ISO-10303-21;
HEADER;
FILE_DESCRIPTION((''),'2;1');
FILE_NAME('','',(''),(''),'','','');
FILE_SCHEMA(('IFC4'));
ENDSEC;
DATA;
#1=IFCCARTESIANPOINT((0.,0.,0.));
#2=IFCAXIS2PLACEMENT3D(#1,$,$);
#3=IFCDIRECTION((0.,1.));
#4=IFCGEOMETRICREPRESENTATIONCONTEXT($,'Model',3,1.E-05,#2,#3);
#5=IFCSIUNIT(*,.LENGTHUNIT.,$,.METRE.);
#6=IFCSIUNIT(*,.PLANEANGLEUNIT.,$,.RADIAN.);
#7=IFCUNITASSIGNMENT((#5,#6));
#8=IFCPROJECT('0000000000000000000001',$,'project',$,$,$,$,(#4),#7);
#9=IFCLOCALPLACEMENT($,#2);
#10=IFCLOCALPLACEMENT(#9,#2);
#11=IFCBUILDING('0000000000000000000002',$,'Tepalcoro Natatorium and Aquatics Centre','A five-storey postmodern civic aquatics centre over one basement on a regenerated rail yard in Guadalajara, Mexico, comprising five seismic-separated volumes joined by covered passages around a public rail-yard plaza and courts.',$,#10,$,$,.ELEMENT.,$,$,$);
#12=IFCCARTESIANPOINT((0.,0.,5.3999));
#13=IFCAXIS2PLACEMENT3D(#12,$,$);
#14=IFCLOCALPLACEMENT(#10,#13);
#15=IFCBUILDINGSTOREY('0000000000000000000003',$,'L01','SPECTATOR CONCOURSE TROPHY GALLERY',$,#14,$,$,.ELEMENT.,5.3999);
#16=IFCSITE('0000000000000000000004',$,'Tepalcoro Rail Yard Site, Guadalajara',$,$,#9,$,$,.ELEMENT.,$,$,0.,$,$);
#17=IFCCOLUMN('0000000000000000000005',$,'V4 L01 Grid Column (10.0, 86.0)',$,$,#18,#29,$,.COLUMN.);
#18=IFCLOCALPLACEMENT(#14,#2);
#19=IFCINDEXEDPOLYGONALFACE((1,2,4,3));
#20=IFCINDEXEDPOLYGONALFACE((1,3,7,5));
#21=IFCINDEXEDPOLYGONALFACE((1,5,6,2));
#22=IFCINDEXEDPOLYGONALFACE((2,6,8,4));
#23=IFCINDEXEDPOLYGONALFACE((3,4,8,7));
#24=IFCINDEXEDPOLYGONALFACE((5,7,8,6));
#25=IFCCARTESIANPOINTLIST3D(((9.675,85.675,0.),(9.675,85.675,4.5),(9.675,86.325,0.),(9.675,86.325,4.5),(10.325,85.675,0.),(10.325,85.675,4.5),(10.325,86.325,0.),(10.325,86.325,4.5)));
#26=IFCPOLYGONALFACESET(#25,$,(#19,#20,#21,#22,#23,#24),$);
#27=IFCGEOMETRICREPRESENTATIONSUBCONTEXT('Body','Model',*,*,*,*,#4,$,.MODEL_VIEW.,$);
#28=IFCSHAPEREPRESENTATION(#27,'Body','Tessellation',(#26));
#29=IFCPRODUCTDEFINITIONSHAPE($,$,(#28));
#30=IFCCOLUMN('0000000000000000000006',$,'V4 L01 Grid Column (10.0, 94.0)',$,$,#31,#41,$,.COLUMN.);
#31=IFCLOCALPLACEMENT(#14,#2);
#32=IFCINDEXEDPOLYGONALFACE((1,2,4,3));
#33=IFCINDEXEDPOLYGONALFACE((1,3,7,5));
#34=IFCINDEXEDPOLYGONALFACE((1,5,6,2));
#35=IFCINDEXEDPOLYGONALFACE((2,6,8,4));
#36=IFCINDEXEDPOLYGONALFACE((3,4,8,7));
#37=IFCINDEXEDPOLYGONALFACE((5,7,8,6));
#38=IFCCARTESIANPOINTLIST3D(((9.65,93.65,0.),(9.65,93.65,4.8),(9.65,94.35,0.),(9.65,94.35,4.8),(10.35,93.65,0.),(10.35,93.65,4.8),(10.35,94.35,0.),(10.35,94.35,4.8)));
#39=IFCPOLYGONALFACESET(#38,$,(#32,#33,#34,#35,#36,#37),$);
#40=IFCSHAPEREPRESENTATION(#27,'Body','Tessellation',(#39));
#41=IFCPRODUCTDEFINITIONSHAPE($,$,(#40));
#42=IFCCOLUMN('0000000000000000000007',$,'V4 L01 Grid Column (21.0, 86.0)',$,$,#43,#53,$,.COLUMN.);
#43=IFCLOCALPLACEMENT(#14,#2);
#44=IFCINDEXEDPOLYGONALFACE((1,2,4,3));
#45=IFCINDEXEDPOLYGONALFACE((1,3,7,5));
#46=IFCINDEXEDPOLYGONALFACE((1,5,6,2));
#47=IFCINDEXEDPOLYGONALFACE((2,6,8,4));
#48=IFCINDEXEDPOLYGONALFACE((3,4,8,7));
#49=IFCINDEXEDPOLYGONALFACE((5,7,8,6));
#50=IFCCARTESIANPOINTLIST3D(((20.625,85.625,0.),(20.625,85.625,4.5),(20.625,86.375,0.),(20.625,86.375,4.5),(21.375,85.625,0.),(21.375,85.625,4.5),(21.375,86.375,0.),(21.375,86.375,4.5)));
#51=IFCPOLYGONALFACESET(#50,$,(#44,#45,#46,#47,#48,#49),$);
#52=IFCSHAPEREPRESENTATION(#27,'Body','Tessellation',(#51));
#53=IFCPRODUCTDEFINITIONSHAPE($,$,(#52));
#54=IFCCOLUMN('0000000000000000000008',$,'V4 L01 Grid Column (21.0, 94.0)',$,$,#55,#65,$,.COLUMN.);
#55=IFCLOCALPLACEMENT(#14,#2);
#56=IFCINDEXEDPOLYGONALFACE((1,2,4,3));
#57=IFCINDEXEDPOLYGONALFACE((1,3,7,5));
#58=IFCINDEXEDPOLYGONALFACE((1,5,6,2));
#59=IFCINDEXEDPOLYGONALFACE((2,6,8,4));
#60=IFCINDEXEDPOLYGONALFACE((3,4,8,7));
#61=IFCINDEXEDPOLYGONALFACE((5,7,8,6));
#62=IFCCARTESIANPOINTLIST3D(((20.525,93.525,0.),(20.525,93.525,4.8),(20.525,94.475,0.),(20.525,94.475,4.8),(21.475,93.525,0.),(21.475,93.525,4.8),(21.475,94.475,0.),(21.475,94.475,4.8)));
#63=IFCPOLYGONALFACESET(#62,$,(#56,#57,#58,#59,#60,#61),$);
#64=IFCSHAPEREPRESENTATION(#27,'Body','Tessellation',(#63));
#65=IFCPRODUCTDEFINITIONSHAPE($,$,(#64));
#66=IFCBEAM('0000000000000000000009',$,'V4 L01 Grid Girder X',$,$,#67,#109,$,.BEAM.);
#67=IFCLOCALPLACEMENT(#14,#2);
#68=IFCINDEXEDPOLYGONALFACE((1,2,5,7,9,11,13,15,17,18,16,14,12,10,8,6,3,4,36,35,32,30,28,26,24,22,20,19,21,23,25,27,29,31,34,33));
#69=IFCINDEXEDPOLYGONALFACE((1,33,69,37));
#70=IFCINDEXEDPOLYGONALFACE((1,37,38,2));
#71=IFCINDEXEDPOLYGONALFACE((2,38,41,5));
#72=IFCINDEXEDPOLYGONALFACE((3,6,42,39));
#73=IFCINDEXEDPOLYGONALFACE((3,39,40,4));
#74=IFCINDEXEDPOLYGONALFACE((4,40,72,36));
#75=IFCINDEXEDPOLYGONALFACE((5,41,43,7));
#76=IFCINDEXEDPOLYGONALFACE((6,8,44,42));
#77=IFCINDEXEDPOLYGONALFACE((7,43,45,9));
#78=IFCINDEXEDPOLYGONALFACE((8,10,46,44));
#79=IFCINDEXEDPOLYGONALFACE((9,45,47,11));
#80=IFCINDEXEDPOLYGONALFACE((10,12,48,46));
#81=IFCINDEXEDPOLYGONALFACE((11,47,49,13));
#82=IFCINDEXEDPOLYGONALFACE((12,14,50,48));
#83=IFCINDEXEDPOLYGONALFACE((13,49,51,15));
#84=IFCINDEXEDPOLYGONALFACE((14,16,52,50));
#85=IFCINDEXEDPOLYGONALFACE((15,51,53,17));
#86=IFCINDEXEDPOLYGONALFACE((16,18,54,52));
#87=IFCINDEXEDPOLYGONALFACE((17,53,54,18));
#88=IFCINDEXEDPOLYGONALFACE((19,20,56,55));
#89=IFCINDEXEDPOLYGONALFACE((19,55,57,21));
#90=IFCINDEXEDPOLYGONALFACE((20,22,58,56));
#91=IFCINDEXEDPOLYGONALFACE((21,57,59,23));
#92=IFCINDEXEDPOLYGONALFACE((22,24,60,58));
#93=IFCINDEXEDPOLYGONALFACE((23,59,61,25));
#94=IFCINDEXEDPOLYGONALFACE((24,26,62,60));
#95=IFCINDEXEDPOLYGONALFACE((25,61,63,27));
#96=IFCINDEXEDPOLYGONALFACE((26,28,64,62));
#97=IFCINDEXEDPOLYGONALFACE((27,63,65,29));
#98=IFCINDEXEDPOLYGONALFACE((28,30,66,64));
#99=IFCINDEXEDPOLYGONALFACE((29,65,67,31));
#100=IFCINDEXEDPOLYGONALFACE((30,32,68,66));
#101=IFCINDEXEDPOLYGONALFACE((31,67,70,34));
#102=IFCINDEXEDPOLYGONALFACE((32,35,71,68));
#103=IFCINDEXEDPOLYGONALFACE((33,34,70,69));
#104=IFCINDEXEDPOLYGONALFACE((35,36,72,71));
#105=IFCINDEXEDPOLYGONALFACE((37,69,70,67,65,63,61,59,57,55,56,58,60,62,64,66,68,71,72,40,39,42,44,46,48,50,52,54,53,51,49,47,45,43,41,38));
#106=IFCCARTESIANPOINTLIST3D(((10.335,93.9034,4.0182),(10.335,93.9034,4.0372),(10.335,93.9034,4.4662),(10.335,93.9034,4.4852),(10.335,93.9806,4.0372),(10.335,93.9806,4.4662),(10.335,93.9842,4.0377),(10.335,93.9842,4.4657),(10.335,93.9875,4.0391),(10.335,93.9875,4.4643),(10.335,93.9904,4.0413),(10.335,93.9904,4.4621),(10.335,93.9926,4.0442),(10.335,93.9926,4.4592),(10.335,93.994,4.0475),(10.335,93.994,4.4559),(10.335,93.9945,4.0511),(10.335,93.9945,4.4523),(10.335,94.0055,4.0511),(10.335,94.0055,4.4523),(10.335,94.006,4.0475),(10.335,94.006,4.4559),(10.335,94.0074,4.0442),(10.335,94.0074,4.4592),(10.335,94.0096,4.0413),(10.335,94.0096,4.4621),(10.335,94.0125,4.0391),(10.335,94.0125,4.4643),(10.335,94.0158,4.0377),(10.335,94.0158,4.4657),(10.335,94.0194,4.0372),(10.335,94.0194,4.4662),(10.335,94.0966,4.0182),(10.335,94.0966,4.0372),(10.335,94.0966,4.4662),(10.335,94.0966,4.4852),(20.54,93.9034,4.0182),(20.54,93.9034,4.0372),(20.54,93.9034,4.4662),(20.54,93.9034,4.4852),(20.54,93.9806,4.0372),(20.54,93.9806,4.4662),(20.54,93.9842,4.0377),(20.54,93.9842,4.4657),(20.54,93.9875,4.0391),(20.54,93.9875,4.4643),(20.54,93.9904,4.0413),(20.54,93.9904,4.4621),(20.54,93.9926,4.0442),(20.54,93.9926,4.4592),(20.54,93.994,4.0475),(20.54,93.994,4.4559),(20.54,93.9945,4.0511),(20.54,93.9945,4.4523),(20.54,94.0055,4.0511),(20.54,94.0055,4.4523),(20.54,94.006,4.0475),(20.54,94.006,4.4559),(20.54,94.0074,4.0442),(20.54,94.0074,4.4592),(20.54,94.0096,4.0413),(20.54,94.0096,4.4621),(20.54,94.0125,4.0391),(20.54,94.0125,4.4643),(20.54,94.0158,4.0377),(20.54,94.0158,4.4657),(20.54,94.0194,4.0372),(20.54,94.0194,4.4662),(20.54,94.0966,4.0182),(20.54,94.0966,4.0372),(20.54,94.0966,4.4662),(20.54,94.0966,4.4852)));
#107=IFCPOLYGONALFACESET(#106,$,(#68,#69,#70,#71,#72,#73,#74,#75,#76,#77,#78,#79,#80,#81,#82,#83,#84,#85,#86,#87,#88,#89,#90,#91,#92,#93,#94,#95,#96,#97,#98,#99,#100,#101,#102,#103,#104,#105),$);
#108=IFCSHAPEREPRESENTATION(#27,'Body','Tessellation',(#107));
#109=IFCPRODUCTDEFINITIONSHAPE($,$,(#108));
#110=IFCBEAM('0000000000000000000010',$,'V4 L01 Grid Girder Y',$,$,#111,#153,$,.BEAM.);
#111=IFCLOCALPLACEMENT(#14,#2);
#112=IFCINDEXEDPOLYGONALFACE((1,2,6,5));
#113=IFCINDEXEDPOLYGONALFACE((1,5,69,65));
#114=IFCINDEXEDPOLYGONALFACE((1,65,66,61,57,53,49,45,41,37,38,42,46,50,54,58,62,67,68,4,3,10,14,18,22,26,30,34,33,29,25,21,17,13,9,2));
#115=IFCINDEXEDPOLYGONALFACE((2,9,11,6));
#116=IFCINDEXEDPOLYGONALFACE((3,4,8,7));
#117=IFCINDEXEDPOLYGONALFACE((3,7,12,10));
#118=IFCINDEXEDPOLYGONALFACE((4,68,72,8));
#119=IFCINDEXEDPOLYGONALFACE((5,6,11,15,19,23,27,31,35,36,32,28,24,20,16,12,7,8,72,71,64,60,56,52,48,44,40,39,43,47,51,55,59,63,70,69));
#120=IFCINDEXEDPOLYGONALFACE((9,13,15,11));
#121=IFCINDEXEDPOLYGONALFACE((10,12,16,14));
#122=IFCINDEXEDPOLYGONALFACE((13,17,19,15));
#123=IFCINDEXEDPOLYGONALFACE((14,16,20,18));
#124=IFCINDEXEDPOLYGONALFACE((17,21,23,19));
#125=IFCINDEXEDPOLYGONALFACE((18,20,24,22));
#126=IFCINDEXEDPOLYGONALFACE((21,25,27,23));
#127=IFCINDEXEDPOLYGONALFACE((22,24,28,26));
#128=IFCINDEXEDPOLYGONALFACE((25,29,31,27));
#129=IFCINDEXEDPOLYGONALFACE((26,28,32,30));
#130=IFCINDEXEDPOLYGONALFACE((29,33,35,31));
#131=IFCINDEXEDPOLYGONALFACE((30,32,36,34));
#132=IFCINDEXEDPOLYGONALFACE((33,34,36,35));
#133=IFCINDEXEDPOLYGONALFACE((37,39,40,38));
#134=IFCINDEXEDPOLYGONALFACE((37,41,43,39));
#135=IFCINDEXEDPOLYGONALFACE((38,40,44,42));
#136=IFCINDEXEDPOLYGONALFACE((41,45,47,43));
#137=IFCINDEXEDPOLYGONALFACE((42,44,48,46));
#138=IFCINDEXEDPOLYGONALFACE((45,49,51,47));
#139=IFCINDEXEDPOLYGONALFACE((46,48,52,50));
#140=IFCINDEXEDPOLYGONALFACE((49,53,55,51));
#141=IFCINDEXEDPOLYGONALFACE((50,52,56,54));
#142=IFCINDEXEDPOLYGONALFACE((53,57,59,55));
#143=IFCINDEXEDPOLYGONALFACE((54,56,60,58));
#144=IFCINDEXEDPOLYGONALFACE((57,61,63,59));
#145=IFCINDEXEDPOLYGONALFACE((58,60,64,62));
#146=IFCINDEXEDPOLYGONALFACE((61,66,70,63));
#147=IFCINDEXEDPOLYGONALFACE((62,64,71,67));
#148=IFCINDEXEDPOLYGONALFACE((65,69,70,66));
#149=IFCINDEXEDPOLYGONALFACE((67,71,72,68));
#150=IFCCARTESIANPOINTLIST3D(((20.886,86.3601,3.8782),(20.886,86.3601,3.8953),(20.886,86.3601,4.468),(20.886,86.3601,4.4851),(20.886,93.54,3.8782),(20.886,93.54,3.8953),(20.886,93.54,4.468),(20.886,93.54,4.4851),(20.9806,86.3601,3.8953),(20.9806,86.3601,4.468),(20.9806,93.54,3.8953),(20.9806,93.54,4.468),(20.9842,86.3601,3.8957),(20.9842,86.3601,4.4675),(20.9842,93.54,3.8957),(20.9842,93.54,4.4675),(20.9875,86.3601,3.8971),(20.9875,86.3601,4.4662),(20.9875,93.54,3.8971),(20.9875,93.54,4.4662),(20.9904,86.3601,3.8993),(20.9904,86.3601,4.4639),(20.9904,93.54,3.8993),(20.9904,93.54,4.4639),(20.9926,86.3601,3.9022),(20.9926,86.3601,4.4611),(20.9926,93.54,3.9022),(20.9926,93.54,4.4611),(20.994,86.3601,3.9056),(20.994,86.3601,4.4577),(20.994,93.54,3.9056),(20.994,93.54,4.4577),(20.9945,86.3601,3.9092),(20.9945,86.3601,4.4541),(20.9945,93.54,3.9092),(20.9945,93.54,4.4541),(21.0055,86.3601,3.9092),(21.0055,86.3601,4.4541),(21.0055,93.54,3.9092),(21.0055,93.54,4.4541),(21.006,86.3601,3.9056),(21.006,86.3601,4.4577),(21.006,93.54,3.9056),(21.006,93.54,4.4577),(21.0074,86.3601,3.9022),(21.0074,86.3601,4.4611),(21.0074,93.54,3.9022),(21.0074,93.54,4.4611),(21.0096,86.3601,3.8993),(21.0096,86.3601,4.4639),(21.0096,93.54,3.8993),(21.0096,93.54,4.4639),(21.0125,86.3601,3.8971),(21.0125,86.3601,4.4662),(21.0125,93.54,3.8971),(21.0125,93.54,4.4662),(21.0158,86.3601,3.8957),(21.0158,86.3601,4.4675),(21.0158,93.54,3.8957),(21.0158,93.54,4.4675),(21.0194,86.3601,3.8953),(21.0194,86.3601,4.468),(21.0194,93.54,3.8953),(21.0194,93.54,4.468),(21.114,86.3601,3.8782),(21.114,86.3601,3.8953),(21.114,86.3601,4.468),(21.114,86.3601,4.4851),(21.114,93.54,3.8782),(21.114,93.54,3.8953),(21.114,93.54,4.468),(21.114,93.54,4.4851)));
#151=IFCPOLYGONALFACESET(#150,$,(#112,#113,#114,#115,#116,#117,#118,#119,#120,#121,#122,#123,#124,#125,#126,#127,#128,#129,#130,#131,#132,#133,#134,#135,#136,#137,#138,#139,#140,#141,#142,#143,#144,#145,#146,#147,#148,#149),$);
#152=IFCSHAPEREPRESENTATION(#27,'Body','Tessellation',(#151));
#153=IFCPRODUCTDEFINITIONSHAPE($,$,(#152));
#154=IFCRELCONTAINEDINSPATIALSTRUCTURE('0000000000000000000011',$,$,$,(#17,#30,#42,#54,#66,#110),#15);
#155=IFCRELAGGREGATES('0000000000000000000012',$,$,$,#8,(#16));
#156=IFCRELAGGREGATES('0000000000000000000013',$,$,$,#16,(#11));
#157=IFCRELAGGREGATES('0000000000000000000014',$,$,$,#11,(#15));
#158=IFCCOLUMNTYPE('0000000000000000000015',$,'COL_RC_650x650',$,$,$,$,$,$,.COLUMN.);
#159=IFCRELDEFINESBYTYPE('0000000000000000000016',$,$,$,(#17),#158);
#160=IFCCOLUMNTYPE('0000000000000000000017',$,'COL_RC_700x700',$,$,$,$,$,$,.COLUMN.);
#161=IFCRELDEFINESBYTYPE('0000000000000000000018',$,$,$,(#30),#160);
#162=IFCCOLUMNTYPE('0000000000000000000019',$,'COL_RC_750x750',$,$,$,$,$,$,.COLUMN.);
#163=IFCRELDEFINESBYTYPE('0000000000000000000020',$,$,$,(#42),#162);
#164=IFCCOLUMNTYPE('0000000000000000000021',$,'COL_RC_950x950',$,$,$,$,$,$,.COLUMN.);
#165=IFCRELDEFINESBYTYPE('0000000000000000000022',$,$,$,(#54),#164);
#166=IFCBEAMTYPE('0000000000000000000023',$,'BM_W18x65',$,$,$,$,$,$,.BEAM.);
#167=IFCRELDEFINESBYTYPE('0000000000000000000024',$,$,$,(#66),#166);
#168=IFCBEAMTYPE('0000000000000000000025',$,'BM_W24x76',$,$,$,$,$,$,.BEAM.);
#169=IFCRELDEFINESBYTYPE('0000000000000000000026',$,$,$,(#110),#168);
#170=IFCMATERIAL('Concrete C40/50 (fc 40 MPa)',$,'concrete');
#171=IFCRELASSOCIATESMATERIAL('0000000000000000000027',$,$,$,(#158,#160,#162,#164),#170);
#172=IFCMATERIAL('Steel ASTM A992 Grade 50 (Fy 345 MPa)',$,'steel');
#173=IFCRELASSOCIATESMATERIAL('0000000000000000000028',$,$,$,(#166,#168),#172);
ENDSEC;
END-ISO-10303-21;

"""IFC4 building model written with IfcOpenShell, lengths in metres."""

from ifc_helpers import new_model, si_unit, direction, frame, origin, origin_2d, place, context, subcontext, project, spatial, rectangle, i_section, extrude, material, material_profile, profile_set, type_object, element, save


model = new_model("IFC4")

# Units and contexts
model_context = context("Model", 3, precision=1e-05, world=origin(), true_north=direction((0.0, 1.0)))
body_context = subcontext(model_context, "Body", "Model", "MODEL_VIEW")
ifc_project = project(units=[si_unit("LENGTHUNIT", "METRE"), si_unit("PLANEANGLEUNIT", "RADIAN")], contexts=[model_context])

# Site, building, storey
site_placement = place(None, origin())
site = spatial("IfcSite", under=ifc_project, at=site_placement, Name="Tepalcoro Rail Yard Site, Guadalajara", CompositionType="ELEMENT", RefElevation=0.0)
building_placement = place(site_placement, origin())
building = spatial("IfcBuilding", under=site, at=building_placement, Name="Tepalcoro Natatorium and Aquatics Centre", Description="A five-storey postmodern civic aquatics centre over one basement on a regenerated rail yard in Guadalajara, Mexico, comprising five seismic-separated volumes joined by covered passages around a public rail-yard plaza and courts.", CompositionType="ELEMENT")
storey_placement = place(building_placement, frame((0.0, 0.0, 5.3999)))
storey = spatial("IfcBuildingStorey", under=building, at=storey_placement, Name="L01", Description="SPECTATOR CONCOURSE TROPHY GALLERY", CompositionType="ELEMENT", Elevation=5.3999)

# Columns
ifc_material_1 = material(Name="Concrete C40/50 (fc 40 MPa)", Category="concrete")
ifc_material_profile_1 = material_profile(ifc_material_1, rectangle(XDim=0.6499, YDim=0.6499, at=origin_2d()), Name="RC650x650")
ifc_profile_set_1 = profile_set([ifc_material_profile_1], Name="Concrete C40/50 (fc 40 MPa)")
column_type_1 = type_object("IfcColumnType", Name="COL_RC_650x650", PredefinedType="COLUMN", material=ifc_profile_set_1)
column_1_placement = place(storey_placement, frame((10.0, 86.0, 0.0), z_axis=(0.0, 0.0, 1.0), x_axis=(1.0, 0.0, 0.0)))
element("IfcColumn", 1, at=column_1_placement, inside=storey, type_object=column_type_1, Name="V4 L01 Grid Column (10.0, 86.0)", PredefinedType="COLUMN", context=body_context, shape_type="SweptSolid", body=[
    extrude(rectangle(XDim=0.6499, YDim=0.6499, at=origin_2d()), origin(), (0.0, 0.0, 1.0), 4.5),
])
ifc_material_profile_2 = material_profile(ifc_material_1, rectangle(XDim=0.7, YDim=0.7, at=origin_2d()), Name="RC700x700")
ifc_profile_set_2 = profile_set([ifc_material_profile_2], Name="Concrete C40/50 (fc 40 MPa)")
column_type_2 = type_object("IfcColumnType", Name="COL_RC_700x700", PredefinedType="COLUMN", material=ifc_profile_set_2)
column_2_placement = place(storey_placement, frame((10.0, 94.0, 0.0), z_axis=(0.0, 0.0, 1.0), x_axis=(1.0, 0.0, 0.0)))
element("IfcColumn", 2, at=column_2_placement, inside=storey, type_object=column_type_2, Name="V4 L01 Grid Column (10.0, 94.0)", PredefinedType="COLUMN", context=body_context, shape_type="SweptSolid", body=[
    extrude(rectangle(XDim=0.7, YDim=0.7, at=origin_2d()), origin(), (0.0, 0.0, 1.0), 4.8),
])
ifc_material_profile_3 = material_profile(ifc_material_1, rectangle(XDim=0.75, YDim=0.75, at=origin_2d()), Name="RC750x750")
ifc_profile_set_3 = profile_set([ifc_material_profile_3], Name="Concrete C40/50 (fc 40 MPa)")
column_type_3 = type_object("IfcColumnType", Name="COL_RC_750x750", PredefinedType="COLUMN", material=ifc_profile_set_3)
column_3_placement = place(storey_placement, frame((21.0, 86.0, 0.0), z_axis=(0.0, 0.0, 1.0), x_axis=(1.0, 0.0, 0.0)))
element("IfcColumn", 3, at=column_3_placement, inside=storey, type_object=column_type_3, Name="V4 L01 Grid Column (21.0, 86.0)", PredefinedType="COLUMN", context=body_context, shape_type="SweptSolid", body=[
    extrude(rectangle(XDim=0.75, YDim=0.75, at=origin_2d()), origin(), (0.0, 0.0, 1.0), 4.5),
])
ifc_material_profile_4 = material_profile(ifc_material_1, rectangle(XDim=0.95, YDim=0.95, at=origin_2d()), Name="RC950x950")
ifc_profile_set_4 = profile_set([ifc_material_profile_4], Name="Concrete C40/50 (fc 40 MPa)")
column_type_4 = type_object("IfcColumnType", Name="COL_RC_950x950", PredefinedType="COLUMN", material=ifc_profile_set_4)
column_4_placement = place(storey_placement, frame((21.0, 94.0, 0.0), z_axis=(0.0, 0.0, 1.0), x_axis=(1.0, 0.0, 0.0)))
element("IfcColumn", 4, at=column_4_placement, inside=storey, type_object=column_type_4, Name="V4 L01 Grid Column (21.0, 94.0)", PredefinedType="COLUMN", context=body_context, shape_type="SweptSolid", body=[
    extrude(rectangle(XDim=0.95, YDim=0.95, at=origin_2d()), origin(), (0.0, 0.0, 1.0), 4.8),
])

# Beams
ifc_material_2 = material(Name="Steel ASTM A992 Grade 50 (Fy 345 MPa)", Category="steel")
ifc_material_profile_5 = material_profile(ifc_material_2, i_section(OverallWidth=0.1931, OverallDepth=0.467, WebThickness=0.011, FlangeThickness=0.019, FilletRadius=0.0139, at=origin_2d()), Name="W18X65")
ifc_profile_set_5 = profile_set([ifc_material_profile_5], Name="Steel ASTM A992 Grade 50 (Fy 345 MPa)")
beam_type_1 = type_object("IfcBeamType", Name="BM_W18x65", PredefinedType="BEAM", material=ifc_profile_set_5)
beam_1_placement = place(storey_placement, frame((10.335, 94.0, 4.2517), z_axis=(1.0, 0.0, 0.0), x_axis=(0.0, 1.0, 0.0)))
element("IfcBeam", 5, at=beam_1_placement, inside=storey, type_object=beam_type_1, Name="V4 L01 Grid Girder X", PredefinedType="BEAM", context=body_context, shape_type="SweptSolid", body=[
    extrude(i_section(OverallWidth=0.1931, OverallDepth=0.467, WebThickness=0.011, FlangeThickness=0.019, FilletRadius=0.0139, at=origin_2d()), origin(), (0.0, 0.0, 1.0), 10.2051),
])
ifc_material_profile_6 = material_profile(ifc_material_2, i_section(OverallWidth=0.228, OverallDepth=0.6069, WebThickness=0.011, FlangeThickness=0.0171, FilletRadius=0.0139, at=origin_2d()), Name="W24X76")
ifc_profile_set_6 = profile_set([ifc_material_profile_6], Name="Steel ASTM A992 Grade 50 (Fy 345 MPa)")
beam_type_2 = type_object("IfcBeamType", Name="BM_W24x76", PredefinedType="BEAM", material=ifc_profile_set_6)
beam_2_placement = place(storey_placement, frame((21.0, 86.3601, 4.1816), z_axis=(0.0, 1.0, 0.0), x_axis=(-1.0, 0.0, 0.0)))
element("IfcBeam", 6, at=beam_2_placement, inside=storey, type_object=beam_type_2, Name="V4 L01 Grid Girder Y", PredefinedType="BEAM", context=body_context, shape_type="SweptSolid", body=[
    extrude(i_section(OverallWidth=0.228, OverallDepth=0.6069, WebThickness=0.011, FlangeThickness=0.0171, FilletRadius=0.0139, at=origin_2d()), origin(), (0.0, 0.0, 1.0), 7.1799),
])

save(model, "model.ifc")
